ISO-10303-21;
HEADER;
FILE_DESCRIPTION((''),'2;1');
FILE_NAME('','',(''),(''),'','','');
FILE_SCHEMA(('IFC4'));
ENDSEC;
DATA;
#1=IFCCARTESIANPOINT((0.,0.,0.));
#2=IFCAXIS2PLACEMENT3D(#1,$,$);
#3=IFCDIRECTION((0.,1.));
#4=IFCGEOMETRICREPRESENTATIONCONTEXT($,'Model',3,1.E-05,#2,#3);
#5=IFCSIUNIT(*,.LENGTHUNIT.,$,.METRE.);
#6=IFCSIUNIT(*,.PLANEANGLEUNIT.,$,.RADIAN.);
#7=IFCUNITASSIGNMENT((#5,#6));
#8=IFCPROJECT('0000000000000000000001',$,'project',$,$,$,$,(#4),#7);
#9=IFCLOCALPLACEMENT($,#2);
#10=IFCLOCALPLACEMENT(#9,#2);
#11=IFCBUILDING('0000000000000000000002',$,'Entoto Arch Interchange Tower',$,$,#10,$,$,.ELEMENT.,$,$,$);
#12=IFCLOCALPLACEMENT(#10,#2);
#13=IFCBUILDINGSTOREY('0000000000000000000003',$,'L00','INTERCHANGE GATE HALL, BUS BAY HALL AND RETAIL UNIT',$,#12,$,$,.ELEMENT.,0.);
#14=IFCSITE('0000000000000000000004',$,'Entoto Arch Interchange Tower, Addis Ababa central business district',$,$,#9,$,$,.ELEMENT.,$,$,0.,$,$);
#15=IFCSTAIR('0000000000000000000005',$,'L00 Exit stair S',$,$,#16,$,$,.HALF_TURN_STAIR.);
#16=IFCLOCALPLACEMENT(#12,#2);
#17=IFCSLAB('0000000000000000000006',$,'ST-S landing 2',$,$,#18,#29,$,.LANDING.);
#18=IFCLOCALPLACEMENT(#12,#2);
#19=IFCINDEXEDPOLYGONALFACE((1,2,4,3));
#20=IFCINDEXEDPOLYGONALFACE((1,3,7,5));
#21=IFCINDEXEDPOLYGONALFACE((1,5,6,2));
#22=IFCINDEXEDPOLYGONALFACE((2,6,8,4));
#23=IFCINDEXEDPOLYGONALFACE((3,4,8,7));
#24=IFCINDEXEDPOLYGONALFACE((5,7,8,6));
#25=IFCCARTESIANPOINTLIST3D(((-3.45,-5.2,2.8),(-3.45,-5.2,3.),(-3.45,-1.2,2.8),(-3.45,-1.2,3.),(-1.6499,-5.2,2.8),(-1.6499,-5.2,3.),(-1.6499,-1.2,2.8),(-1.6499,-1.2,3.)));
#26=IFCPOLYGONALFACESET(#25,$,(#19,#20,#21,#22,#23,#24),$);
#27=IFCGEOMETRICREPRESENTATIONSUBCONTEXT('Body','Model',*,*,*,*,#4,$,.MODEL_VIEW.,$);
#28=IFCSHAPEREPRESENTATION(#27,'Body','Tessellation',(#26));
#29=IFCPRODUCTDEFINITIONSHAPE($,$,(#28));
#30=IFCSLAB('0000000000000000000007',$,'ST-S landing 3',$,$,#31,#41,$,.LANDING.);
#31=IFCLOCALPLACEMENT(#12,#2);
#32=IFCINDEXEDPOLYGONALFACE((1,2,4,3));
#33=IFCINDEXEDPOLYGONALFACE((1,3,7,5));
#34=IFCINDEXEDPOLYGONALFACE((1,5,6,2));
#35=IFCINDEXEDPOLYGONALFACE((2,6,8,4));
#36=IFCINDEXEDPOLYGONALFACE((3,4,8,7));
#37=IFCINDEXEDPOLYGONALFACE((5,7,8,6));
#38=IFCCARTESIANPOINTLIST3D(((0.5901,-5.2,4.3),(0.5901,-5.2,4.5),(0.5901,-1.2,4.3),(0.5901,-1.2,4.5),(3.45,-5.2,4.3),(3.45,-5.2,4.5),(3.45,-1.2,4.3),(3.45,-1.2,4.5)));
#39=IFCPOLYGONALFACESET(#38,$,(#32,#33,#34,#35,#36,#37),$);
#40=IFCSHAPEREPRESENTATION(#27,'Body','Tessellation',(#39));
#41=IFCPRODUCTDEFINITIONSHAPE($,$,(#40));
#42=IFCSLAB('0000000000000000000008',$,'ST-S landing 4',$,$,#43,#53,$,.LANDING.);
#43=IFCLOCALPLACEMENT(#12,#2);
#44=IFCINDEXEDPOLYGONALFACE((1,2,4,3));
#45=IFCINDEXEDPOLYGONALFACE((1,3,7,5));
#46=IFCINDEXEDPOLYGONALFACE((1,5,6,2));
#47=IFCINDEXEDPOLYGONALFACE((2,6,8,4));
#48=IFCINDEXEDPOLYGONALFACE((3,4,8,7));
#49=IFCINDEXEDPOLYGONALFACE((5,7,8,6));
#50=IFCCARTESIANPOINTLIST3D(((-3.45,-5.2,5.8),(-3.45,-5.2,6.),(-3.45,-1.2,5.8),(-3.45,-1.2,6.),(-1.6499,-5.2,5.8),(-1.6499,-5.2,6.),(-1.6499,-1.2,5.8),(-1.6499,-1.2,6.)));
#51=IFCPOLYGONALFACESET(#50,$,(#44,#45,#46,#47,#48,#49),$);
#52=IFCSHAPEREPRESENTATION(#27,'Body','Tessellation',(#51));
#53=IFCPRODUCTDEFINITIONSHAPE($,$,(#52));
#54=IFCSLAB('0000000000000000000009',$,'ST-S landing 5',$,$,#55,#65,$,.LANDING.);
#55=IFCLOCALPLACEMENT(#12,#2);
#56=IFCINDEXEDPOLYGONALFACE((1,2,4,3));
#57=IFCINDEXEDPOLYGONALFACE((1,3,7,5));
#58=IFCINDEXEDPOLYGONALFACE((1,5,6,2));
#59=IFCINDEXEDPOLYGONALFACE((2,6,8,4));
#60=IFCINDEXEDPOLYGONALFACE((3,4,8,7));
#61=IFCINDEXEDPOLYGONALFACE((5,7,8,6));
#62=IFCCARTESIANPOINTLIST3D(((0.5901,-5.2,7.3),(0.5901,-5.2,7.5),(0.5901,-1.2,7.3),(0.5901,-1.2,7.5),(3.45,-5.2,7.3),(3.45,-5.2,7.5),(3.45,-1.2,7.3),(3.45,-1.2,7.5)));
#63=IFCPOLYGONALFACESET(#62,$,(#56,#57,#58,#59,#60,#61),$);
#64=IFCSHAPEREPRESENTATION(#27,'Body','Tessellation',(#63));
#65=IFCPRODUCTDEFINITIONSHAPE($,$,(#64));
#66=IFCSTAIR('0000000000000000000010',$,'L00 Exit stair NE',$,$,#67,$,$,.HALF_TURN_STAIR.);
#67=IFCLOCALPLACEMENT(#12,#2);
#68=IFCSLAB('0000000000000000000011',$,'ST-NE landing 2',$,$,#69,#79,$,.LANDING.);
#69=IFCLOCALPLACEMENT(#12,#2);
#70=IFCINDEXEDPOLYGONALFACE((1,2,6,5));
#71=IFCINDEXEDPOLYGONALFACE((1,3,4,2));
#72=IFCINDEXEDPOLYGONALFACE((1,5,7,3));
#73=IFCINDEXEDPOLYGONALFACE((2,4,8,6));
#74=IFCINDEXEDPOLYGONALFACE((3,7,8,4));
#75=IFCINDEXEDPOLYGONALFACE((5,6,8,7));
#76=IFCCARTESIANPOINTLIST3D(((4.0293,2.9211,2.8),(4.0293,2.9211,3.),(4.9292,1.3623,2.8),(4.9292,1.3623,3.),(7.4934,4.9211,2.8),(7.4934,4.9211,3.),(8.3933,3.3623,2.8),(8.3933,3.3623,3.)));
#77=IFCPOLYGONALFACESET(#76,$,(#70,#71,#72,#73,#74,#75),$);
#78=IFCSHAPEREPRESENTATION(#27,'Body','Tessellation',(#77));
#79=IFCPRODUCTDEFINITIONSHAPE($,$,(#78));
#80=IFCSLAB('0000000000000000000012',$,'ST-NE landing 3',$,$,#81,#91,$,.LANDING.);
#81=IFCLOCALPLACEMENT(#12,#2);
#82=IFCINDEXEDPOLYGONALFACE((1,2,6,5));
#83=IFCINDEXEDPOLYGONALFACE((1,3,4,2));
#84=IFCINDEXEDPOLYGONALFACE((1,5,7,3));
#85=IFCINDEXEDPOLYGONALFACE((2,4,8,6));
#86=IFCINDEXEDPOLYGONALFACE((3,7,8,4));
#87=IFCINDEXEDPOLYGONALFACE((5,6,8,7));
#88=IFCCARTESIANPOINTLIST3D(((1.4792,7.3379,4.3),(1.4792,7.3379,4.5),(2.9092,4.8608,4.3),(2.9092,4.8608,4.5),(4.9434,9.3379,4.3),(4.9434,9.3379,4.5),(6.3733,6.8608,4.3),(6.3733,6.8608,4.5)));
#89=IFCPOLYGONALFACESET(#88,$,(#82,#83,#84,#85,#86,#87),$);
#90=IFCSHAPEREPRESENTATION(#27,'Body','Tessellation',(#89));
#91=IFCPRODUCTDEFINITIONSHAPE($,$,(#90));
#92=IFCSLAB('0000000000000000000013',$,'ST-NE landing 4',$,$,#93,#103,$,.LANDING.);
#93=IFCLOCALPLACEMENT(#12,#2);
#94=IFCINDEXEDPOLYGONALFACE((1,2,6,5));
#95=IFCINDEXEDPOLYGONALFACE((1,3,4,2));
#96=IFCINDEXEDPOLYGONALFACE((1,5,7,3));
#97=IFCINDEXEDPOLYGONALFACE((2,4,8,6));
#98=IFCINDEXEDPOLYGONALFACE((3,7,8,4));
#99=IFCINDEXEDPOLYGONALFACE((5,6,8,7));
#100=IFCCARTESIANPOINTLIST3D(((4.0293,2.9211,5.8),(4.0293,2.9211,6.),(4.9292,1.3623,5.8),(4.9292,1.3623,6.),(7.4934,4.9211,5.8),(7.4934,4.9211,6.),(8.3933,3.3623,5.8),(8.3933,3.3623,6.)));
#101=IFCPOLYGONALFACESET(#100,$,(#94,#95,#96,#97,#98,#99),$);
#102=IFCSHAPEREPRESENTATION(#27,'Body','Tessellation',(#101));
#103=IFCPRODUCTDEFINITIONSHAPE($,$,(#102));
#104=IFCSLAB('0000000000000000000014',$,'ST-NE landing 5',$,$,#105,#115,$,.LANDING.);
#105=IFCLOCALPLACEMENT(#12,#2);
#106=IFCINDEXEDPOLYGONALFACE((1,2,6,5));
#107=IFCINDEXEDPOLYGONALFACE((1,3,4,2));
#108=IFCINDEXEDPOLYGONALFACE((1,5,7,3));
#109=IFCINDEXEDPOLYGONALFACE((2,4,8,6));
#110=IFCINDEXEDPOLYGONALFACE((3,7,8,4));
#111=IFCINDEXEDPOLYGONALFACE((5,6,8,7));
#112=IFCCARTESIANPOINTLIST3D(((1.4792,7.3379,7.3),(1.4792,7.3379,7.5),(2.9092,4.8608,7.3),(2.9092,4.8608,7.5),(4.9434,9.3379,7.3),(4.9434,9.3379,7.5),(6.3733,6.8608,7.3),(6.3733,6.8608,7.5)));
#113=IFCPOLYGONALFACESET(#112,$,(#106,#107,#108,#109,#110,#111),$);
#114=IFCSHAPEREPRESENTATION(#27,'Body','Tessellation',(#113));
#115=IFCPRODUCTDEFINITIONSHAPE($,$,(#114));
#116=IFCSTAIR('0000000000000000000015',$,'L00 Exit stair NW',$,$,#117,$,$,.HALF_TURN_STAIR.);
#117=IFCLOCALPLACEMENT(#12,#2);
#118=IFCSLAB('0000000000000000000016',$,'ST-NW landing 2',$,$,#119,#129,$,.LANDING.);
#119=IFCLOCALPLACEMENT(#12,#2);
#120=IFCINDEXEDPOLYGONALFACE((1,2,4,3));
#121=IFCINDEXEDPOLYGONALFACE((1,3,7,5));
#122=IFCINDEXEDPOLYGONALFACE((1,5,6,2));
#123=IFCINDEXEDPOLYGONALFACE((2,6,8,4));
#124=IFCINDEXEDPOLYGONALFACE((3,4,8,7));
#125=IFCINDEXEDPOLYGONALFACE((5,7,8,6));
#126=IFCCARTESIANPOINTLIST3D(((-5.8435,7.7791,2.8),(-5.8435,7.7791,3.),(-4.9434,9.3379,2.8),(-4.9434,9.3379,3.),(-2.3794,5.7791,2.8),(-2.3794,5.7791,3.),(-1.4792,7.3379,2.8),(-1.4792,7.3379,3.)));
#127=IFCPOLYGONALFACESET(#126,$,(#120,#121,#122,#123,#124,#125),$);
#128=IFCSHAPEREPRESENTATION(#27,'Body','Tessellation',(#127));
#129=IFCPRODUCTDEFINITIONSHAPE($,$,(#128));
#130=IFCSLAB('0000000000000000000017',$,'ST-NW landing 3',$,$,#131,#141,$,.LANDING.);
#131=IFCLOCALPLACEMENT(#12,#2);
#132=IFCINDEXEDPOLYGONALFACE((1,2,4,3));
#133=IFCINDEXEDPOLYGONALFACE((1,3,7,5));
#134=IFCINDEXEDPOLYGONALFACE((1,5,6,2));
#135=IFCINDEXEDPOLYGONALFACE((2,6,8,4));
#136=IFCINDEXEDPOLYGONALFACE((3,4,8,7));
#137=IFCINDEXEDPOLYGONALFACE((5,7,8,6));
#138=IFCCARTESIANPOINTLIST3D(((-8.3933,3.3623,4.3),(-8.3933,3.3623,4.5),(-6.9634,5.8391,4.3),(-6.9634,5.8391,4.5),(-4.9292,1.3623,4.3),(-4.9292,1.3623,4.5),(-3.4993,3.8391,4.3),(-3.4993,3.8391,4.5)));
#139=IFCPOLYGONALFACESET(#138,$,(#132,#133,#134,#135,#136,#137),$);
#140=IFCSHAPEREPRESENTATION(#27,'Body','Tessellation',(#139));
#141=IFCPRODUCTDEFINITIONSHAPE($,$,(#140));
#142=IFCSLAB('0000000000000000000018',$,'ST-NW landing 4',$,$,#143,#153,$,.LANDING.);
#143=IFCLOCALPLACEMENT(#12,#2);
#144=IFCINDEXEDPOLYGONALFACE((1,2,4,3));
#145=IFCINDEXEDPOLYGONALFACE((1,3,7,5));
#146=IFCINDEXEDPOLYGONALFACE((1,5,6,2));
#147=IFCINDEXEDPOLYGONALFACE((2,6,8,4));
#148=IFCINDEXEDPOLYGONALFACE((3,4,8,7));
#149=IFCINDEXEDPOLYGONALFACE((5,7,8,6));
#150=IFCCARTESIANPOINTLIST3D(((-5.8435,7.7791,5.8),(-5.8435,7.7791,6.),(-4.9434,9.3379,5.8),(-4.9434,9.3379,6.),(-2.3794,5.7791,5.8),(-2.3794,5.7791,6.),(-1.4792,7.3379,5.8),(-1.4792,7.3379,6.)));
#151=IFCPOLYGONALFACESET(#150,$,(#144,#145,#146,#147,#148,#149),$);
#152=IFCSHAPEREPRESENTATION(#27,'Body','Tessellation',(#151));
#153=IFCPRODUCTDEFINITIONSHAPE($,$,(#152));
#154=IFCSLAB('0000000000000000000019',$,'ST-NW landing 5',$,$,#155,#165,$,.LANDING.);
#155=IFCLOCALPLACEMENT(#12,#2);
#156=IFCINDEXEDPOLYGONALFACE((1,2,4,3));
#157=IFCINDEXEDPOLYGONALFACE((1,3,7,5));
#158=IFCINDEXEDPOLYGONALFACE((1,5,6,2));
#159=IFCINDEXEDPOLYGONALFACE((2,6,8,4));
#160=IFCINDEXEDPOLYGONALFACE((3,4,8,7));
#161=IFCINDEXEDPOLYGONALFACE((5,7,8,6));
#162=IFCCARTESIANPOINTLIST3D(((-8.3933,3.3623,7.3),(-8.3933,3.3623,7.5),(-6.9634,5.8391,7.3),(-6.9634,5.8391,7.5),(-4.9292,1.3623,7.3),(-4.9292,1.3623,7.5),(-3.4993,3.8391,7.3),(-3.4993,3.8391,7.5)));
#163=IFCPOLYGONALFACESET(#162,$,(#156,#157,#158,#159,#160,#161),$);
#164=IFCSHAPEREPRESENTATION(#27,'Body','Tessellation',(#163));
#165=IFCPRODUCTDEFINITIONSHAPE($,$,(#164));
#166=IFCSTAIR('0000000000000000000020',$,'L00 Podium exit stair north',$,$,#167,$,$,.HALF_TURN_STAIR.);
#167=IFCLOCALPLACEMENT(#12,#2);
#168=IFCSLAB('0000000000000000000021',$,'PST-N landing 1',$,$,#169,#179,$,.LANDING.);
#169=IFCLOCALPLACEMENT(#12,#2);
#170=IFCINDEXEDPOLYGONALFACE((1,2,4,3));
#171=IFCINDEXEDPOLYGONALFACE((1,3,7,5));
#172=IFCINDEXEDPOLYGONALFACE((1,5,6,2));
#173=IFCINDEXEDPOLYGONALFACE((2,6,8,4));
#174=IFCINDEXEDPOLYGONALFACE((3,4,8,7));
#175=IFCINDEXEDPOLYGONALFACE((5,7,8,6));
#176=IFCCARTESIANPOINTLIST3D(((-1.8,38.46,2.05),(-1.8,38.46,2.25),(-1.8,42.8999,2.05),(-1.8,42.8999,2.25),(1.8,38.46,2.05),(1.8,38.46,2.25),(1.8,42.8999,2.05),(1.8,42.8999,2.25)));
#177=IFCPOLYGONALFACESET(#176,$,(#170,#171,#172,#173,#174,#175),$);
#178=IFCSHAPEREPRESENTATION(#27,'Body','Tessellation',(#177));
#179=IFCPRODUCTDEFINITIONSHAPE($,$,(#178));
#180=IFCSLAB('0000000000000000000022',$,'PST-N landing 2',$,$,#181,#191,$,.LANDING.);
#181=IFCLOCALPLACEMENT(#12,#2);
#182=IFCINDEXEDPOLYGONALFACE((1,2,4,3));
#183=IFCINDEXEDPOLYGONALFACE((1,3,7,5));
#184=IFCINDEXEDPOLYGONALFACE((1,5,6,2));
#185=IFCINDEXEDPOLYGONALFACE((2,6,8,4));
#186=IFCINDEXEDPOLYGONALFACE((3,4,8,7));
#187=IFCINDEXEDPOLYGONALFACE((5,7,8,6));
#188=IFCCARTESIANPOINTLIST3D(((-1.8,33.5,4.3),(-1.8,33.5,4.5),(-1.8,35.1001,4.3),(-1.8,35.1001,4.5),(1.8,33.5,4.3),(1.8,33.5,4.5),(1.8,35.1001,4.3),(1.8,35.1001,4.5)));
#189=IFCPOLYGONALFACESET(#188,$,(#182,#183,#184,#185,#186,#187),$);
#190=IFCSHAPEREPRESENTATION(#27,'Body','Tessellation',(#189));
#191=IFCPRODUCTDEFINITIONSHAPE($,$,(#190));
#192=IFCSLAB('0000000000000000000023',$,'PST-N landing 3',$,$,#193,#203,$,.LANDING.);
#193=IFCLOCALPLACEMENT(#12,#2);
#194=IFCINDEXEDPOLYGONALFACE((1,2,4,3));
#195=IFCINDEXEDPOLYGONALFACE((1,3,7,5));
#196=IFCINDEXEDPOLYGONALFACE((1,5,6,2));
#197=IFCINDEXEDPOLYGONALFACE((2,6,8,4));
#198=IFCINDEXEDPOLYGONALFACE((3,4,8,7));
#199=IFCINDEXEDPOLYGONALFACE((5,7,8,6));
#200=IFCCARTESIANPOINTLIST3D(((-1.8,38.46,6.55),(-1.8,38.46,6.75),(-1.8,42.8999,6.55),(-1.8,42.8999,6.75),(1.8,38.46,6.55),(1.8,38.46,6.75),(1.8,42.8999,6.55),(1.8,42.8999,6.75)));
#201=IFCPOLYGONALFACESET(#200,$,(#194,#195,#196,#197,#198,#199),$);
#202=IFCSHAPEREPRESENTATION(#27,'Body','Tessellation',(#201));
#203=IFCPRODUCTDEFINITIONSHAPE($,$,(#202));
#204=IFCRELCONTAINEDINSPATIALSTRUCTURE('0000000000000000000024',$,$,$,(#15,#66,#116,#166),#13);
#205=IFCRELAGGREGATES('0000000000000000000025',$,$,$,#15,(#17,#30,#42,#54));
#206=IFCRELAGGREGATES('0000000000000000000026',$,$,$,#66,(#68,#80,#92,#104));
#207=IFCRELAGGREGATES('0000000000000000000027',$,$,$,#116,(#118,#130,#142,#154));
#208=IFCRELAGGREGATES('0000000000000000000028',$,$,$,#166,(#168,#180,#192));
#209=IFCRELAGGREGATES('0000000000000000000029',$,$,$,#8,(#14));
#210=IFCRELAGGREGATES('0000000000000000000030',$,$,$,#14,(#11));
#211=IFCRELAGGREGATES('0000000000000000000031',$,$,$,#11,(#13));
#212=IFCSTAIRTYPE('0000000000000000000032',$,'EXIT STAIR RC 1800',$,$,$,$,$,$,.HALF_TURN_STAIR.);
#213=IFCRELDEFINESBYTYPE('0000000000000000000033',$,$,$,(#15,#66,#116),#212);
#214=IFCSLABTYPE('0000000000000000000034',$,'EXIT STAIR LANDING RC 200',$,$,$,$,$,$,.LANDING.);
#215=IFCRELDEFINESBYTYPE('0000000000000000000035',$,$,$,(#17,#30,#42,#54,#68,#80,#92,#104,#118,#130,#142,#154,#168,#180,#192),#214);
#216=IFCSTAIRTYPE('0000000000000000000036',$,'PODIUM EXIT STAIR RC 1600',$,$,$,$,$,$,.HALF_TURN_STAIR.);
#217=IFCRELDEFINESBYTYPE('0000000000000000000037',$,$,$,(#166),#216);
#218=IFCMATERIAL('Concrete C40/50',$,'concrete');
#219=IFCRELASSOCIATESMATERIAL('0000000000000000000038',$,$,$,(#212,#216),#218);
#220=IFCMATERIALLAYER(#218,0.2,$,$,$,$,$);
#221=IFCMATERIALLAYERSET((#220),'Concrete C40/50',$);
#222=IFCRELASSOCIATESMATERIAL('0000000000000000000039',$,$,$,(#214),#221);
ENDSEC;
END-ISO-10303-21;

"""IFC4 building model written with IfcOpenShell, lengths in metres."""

from ifc_helpers import new_model, si_unit, direction, frame, origin, place, context, subcontext, project, spatial, polyline, outline, extrude, material, layer, layer_set, type_object, element, aggregate, save


model = new_model("IFC4")

# Units and contexts
model_context = context("Model", 3, precision=1e-05, world=origin(), true_north=direction((0.0, 1.0)))
body_context = subcontext(model_context, "Body", "Model", "MODEL_VIEW")
ifc_project = project(units=[si_unit("LENGTHUNIT", "METRE"), si_unit("PLANEANGLEUNIT", "RADIAN")], contexts=[model_context])

# Site, building, storey
site_placement = place(None, origin())
site = spatial("IfcSite", under=ifc_project, at=site_placement, Name="Entoto Arch Interchange Tower, Addis Ababa central business district", CompositionType="ELEMENT", RefElevation=0.0)
building_placement = place(site_placement, origin())
building = spatial("IfcBuilding", under=site, at=building_placement, Name="Entoto Arch Interchange Tower", CompositionType="ELEMENT")
storey_placement = place(building_placement, origin())
storey = spatial("IfcBuildingStorey", under=building, at=storey_placement, Name="L00", Description="INTERCHANGE GATE HALL, BUS BAY HALL AND RETAIL UNIT", CompositionType="ELEMENT", Elevation=0.0)

# Stairs, slabs
ifc_material_1 = material(Name="Concrete C40/50", Category="concrete")
stair_type_1 = type_object("IfcStairType", Name="EXIT STAIR RC 1800", PredefinedType="HALF_TURN_STAIR", material=ifc_material_1)
stair_1_placement = place(storey_placement, origin())
stair_1 = element("IfcStair", 1, at=stair_1_placement, inside=storey, type_object=stair_type_1, Name="L00 Exit stair S", PredefinedType="HALF_TURN_STAIR")
ifc_layer_1 = layer(ifc_material_1, 0.2)
ifc_layer_set_1 = layer_set([ifc_layer_1], Name="Concrete C40/50")
slab_type = type_object("IfcSlabType", Name="EXIT STAIR LANDING RC 200", PredefinedType="LANDING", material=ifc_layer_set_1)
slab_1_placement = place(storey_placement, frame((0.0, 0.0, 2.8)))
slab_1 = element("IfcSlab", 2, at=slab_1_placement, type_object=slab_type, Name="ST-S landing 2", PredefinedType="LANDING", context=body_context, shape_type="SweptSolid", body=[
    extrude(outline(polyline([(-3.45, -5.2), (-1.6499, -5.2), (-1.6499, -1.2), (-3.45, -1.2), (-3.45, -5.2)])), origin(), (0.0, 0.0, 1.0), 0.2),
])
slab_2_placement = place(storey_placement, frame((0.0, 0.0, 4.3)))
slab_2 = element("IfcSlab", 3, at=slab_2_placement, type_object=slab_type, Name="ST-S landing 3", PredefinedType="LANDING", context=body_context, shape_type="SweptSolid", body=[
    extrude(outline(polyline([(0.5901, -5.2), (3.45, -5.2), (3.45, -1.2), (0.5901, -1.2), (0.5901, -5.2)])), origin(), (0.0, 0.0, 1.0), 0.2),
])
slab_3_placement = place(storey_placement, frame((0.0, 0.0, 5.8)))
slab_3 = element("IfcSlab", 4, at=slab_3_placement, type_object=slab_type, Name="ST-S landing 4", PredefinedType="LANDING", context=body_context, shape_type="SweptSolid", body=[
    extrude(outline(polyline([(-3.45, -5.2), (-1.6499, -5.2), (-1.6499, -1.2), (-3.45, -1.2), (-3.45, -5.2)])), origin(), (0.0, 0.0, 1.0), 0.2),
])
slab_4_placement = place(storey_placement, frame((0.0, 0.0, 7.3)))
slab_4 = element("IfcSlab", 5, at=slab_4_placement, type_object=slab_type, Name="ST-S landing 5", PredefinedType="LANDING", context=body_context, shape_type="SweptSolid", body=[
    extrude(outline(polyline([(0.5901, -5.2), (3.45, -5.2), (3.45, -1.2), (0.5901, -1.2), (0.5901, -5.2)])), origin(), (0.0, 0.0, 1.0), 0.2),
])
aggregate(stair_1, [slab_1, slab_2, slab_3, slab_4])
stair_2_placement = place(storey_placement, origin())
stair_2 = element("IfcStair", 6, at=stair_2_placement, inside=storey, type_object=stair_type_1, Name="L00 Exit stair NE", PredefinedType="HALF_TURN_STAIR")
slab_5_placement = place(storey_placement, frame((0.0, 0.0, 2.8)))
slab_5 = element("IfcSlab", 7, at=slab_5_placement, type_object=slab_type, Name="ST-NE landing 2", PredefinedType="LANDING", context=body_context, shape_type="SweptSolid", body=[
    extrude(outline(polyline([(8.3933, 3.3623), (7.4934, 4.9211), (4.0293, 2.9211), (4.9292, 1.3623), (8.3933, 3.3623)])), origin(), (0.0, 0.0, 1.0), 0.2),
])
slab_6_placement = place(storey_placement, frame((0.0, 0.0, 4.3)))
slab_6 = element("IfcSlab", 8, at=slab_6_placement, type_object=slab_type, Name="ST-NE landing 3", PredefinedType="LANDING", context=body_context, shape_type="SweptSolid", body=[
    extrude(outline(polyline([(6.3733, 6.8608), (4.9434, 9.3379), (1.4792, 7.3379), (2.9092, 4.8608), (6.3733, 6.8608)])), origin(), (0.0, 0.0, 1.0), 0.2),
])
slab_7_placement = place(storey_placement, frame((0.0, 0.0, 5.8)))
slab_7 = element("IfcSlab", 9, at=slab_7_placement, type_object=slab_type, Name="ST-NE landing 4", PredefinedType="LANDING", context=body_context, shape_type="SweptSolid", body=[
    extrude(outline(polyline([(8.3933, 3.3623), (7.4934, 4.9211), (4.0293, 2.9211), (4.9292, 1.3623), (8.3933, 3.3623)])), origin(), (0.0, 0.0, 1.0), 0.2),
])
slab_8_placement = place(storey_placement, frame((0.0, 0.0, 7.3)))
slab_8 = element("IfcSlab", 10, at=slab_8_placement, type_object=slab_type, Name="ST-NE landing 5", PredefinedType="LANDING", context=body_context, shape_type="SweptSolid", body=[
    extrude(outline(polyline([(6.3733, 6.8608), (4.9434, 9.3379), (1.4792, 7.3379), (2.9092, 4.8608), (6.3733, 6.8608)])), origin(), (0.0, 0.0, 1.0), 0.2),
])
aggregate(stair_2, [slab_5, slab_6, slab_7, slab_8])
stair_3_placement = place(storey_placement, origin())
stair_3 = element("IfcStair", 11, at=stair_3_placement, inside=storey, type_object=stair_type_1, Name="L00 Exit stair NW", PredefinedType="HALF_TURN_STAIR")
slab_9_placement = place(storey_placement, frame((0.0, 0.0, 2.8)))
slab_9 = element("IfcSlab", 12, at=slab_9_placement, type_object=slab_type, Name="ST-NW landing 2", PredefinedType="LANDING", context=body_context, shape_type="SweptSolid", body=[
    extrude(outline(polyline([(-4.9434, 9.3379), (-5.8435, 7.7791), (-2.3794, 5.7791), (-1.4792, 7.3379), (-4.9434, 9.3379)])), origin(), (0.0, 0.0, 1.0), 0.2),
])
slab_10_placement = place(storey_placement, frame((0.0, 0.0, 4.3)))
slab_10 = element("IfcSlab", 13, at=slab_10_placement, type_object=slab_type, Name="ST-NW landing 3", PredefinedType="LANDING", context=body_context, shape_type="SweptSolid", body=[
    extrude(outline(polyline([(-6.9634, 5.8391), (-8.3933, 3.3623), (-4.9292, 1.3623), (-3.4993, 3.8391), (-6.9634, 5.8391)])), origin(), (0.0, 0.0, 1.0), 0.2),
])
slab_11_placement = place(storey_placement, frame((0.0, 0.0, 5.8)))
slab_11 = element("IfcSlab", 14, at=slab_11_placement, type_object=slab_type, Name="ST-NW landing 4", PredefinedType="LANDING", context=body_context, shape_type="SweptSolid", body=[
    extrude(outline(polyline([(-4.9434, 9.3379), (-5.8435, 7.7791), (-2.3794, 5.7791), (-1.4792, 7.3379), (-4.9434, 9.3379)])), origin(), (0.0, 0.0, 1.0), 0.2),
])
slab_12_placement = place(storey_placement, frame((0.0, 0.0, 7.3)))
slab_12 = element("IfcSlab", 15, at=slab_12_placement, type_object=slab_type, Name="ST-NW landing 5", PredefinedType="LANDING", context=body_context, shape_type="SweptSolid", body=[
    extrude(outline(polyline([(-6.9634, 5.8391), (-8.3933, 3.3623), (-4.9292, 1.3623), (-3.4993, 3.8391), (-6.9634, 5.8391)])), origin(), (0.0, 0.0, 1.0), 0.2),
])
aggregate(stair_3, [slab_9, slab_10, slab_11, slab_12])
stair_type_2 = type_object("IfcStairType", Name="PODIUM EXIT STAIR RC 1600", PredefinedType="HALF_TURN_STAIR", material=ifc_material_1)
stair_4_placement = place(storey_placement, origin())
stair_4 = element("IfcStair", 16, at=stair_4_placement, inside=storey, type_object=stair_type_2, Name="L00 Podium exit stair north", PredefinedType="HALF_TURN_STAIR")
slab_13_placement = place(storey_placement, frame((0.0, 0.0, 2.05)))
slab_13 = element("IfcSlab", 17, at=slab_13_placement, type_object=slab_type, Name="PST-N landing 1", PredefinedType="LANDING", context=body_context, shape_type="SweptSolid", body=[
    extrude(outline(polyline([(1.8, 38.46), (1.8, 42.8999), (-1.8, 42.8999), (-1.8, 38.46), (1.8, 38.46)])), origin(), (0.0, 0.0, 1.0), 0.2),
])
slab_14_placement = place(storey_placement, frame((0.0, 0.0, 4.3)))
slab_14 = element("IfcSlab", 18, at=slab_14_placement, type_object=slab_type, Name="PST-N landing 2", PredefinedType="LANDING", context=body_context, shape_type="SweptSolid", body=[
    extrude(outline(polyline([(1.8, 33.5), (1.8, 35.1001), (-1.8, 35.1001), (-1.8, 33.5), (1.8, 33.5)])), origin(), (0.0, 0.0, 1.0), 0.2),
])
slab_15_placement = place(storey_placement, frame((0.0, 0.0, 6.55)))
slab_15 = element("IfcSlab", 19, at=slab_15_placement, type_object=slab_type, Name="PST-N landing 3", PredefinedType="LANDING", context=body_context, shape_type="SweptSolid", body=[
    extrude(outline(polyline([(1.8, 38.46), (1.8, 42.8999), (-1.8, 42.8999), (-1.8, 38.46), (1.8, 38.46)])), origin(), (0.0, 0.0, 1.0), 0.2),
])
aggregate(stair_4, [slab_13, slab_14, slab_15])

save(model, "model.ifc")
